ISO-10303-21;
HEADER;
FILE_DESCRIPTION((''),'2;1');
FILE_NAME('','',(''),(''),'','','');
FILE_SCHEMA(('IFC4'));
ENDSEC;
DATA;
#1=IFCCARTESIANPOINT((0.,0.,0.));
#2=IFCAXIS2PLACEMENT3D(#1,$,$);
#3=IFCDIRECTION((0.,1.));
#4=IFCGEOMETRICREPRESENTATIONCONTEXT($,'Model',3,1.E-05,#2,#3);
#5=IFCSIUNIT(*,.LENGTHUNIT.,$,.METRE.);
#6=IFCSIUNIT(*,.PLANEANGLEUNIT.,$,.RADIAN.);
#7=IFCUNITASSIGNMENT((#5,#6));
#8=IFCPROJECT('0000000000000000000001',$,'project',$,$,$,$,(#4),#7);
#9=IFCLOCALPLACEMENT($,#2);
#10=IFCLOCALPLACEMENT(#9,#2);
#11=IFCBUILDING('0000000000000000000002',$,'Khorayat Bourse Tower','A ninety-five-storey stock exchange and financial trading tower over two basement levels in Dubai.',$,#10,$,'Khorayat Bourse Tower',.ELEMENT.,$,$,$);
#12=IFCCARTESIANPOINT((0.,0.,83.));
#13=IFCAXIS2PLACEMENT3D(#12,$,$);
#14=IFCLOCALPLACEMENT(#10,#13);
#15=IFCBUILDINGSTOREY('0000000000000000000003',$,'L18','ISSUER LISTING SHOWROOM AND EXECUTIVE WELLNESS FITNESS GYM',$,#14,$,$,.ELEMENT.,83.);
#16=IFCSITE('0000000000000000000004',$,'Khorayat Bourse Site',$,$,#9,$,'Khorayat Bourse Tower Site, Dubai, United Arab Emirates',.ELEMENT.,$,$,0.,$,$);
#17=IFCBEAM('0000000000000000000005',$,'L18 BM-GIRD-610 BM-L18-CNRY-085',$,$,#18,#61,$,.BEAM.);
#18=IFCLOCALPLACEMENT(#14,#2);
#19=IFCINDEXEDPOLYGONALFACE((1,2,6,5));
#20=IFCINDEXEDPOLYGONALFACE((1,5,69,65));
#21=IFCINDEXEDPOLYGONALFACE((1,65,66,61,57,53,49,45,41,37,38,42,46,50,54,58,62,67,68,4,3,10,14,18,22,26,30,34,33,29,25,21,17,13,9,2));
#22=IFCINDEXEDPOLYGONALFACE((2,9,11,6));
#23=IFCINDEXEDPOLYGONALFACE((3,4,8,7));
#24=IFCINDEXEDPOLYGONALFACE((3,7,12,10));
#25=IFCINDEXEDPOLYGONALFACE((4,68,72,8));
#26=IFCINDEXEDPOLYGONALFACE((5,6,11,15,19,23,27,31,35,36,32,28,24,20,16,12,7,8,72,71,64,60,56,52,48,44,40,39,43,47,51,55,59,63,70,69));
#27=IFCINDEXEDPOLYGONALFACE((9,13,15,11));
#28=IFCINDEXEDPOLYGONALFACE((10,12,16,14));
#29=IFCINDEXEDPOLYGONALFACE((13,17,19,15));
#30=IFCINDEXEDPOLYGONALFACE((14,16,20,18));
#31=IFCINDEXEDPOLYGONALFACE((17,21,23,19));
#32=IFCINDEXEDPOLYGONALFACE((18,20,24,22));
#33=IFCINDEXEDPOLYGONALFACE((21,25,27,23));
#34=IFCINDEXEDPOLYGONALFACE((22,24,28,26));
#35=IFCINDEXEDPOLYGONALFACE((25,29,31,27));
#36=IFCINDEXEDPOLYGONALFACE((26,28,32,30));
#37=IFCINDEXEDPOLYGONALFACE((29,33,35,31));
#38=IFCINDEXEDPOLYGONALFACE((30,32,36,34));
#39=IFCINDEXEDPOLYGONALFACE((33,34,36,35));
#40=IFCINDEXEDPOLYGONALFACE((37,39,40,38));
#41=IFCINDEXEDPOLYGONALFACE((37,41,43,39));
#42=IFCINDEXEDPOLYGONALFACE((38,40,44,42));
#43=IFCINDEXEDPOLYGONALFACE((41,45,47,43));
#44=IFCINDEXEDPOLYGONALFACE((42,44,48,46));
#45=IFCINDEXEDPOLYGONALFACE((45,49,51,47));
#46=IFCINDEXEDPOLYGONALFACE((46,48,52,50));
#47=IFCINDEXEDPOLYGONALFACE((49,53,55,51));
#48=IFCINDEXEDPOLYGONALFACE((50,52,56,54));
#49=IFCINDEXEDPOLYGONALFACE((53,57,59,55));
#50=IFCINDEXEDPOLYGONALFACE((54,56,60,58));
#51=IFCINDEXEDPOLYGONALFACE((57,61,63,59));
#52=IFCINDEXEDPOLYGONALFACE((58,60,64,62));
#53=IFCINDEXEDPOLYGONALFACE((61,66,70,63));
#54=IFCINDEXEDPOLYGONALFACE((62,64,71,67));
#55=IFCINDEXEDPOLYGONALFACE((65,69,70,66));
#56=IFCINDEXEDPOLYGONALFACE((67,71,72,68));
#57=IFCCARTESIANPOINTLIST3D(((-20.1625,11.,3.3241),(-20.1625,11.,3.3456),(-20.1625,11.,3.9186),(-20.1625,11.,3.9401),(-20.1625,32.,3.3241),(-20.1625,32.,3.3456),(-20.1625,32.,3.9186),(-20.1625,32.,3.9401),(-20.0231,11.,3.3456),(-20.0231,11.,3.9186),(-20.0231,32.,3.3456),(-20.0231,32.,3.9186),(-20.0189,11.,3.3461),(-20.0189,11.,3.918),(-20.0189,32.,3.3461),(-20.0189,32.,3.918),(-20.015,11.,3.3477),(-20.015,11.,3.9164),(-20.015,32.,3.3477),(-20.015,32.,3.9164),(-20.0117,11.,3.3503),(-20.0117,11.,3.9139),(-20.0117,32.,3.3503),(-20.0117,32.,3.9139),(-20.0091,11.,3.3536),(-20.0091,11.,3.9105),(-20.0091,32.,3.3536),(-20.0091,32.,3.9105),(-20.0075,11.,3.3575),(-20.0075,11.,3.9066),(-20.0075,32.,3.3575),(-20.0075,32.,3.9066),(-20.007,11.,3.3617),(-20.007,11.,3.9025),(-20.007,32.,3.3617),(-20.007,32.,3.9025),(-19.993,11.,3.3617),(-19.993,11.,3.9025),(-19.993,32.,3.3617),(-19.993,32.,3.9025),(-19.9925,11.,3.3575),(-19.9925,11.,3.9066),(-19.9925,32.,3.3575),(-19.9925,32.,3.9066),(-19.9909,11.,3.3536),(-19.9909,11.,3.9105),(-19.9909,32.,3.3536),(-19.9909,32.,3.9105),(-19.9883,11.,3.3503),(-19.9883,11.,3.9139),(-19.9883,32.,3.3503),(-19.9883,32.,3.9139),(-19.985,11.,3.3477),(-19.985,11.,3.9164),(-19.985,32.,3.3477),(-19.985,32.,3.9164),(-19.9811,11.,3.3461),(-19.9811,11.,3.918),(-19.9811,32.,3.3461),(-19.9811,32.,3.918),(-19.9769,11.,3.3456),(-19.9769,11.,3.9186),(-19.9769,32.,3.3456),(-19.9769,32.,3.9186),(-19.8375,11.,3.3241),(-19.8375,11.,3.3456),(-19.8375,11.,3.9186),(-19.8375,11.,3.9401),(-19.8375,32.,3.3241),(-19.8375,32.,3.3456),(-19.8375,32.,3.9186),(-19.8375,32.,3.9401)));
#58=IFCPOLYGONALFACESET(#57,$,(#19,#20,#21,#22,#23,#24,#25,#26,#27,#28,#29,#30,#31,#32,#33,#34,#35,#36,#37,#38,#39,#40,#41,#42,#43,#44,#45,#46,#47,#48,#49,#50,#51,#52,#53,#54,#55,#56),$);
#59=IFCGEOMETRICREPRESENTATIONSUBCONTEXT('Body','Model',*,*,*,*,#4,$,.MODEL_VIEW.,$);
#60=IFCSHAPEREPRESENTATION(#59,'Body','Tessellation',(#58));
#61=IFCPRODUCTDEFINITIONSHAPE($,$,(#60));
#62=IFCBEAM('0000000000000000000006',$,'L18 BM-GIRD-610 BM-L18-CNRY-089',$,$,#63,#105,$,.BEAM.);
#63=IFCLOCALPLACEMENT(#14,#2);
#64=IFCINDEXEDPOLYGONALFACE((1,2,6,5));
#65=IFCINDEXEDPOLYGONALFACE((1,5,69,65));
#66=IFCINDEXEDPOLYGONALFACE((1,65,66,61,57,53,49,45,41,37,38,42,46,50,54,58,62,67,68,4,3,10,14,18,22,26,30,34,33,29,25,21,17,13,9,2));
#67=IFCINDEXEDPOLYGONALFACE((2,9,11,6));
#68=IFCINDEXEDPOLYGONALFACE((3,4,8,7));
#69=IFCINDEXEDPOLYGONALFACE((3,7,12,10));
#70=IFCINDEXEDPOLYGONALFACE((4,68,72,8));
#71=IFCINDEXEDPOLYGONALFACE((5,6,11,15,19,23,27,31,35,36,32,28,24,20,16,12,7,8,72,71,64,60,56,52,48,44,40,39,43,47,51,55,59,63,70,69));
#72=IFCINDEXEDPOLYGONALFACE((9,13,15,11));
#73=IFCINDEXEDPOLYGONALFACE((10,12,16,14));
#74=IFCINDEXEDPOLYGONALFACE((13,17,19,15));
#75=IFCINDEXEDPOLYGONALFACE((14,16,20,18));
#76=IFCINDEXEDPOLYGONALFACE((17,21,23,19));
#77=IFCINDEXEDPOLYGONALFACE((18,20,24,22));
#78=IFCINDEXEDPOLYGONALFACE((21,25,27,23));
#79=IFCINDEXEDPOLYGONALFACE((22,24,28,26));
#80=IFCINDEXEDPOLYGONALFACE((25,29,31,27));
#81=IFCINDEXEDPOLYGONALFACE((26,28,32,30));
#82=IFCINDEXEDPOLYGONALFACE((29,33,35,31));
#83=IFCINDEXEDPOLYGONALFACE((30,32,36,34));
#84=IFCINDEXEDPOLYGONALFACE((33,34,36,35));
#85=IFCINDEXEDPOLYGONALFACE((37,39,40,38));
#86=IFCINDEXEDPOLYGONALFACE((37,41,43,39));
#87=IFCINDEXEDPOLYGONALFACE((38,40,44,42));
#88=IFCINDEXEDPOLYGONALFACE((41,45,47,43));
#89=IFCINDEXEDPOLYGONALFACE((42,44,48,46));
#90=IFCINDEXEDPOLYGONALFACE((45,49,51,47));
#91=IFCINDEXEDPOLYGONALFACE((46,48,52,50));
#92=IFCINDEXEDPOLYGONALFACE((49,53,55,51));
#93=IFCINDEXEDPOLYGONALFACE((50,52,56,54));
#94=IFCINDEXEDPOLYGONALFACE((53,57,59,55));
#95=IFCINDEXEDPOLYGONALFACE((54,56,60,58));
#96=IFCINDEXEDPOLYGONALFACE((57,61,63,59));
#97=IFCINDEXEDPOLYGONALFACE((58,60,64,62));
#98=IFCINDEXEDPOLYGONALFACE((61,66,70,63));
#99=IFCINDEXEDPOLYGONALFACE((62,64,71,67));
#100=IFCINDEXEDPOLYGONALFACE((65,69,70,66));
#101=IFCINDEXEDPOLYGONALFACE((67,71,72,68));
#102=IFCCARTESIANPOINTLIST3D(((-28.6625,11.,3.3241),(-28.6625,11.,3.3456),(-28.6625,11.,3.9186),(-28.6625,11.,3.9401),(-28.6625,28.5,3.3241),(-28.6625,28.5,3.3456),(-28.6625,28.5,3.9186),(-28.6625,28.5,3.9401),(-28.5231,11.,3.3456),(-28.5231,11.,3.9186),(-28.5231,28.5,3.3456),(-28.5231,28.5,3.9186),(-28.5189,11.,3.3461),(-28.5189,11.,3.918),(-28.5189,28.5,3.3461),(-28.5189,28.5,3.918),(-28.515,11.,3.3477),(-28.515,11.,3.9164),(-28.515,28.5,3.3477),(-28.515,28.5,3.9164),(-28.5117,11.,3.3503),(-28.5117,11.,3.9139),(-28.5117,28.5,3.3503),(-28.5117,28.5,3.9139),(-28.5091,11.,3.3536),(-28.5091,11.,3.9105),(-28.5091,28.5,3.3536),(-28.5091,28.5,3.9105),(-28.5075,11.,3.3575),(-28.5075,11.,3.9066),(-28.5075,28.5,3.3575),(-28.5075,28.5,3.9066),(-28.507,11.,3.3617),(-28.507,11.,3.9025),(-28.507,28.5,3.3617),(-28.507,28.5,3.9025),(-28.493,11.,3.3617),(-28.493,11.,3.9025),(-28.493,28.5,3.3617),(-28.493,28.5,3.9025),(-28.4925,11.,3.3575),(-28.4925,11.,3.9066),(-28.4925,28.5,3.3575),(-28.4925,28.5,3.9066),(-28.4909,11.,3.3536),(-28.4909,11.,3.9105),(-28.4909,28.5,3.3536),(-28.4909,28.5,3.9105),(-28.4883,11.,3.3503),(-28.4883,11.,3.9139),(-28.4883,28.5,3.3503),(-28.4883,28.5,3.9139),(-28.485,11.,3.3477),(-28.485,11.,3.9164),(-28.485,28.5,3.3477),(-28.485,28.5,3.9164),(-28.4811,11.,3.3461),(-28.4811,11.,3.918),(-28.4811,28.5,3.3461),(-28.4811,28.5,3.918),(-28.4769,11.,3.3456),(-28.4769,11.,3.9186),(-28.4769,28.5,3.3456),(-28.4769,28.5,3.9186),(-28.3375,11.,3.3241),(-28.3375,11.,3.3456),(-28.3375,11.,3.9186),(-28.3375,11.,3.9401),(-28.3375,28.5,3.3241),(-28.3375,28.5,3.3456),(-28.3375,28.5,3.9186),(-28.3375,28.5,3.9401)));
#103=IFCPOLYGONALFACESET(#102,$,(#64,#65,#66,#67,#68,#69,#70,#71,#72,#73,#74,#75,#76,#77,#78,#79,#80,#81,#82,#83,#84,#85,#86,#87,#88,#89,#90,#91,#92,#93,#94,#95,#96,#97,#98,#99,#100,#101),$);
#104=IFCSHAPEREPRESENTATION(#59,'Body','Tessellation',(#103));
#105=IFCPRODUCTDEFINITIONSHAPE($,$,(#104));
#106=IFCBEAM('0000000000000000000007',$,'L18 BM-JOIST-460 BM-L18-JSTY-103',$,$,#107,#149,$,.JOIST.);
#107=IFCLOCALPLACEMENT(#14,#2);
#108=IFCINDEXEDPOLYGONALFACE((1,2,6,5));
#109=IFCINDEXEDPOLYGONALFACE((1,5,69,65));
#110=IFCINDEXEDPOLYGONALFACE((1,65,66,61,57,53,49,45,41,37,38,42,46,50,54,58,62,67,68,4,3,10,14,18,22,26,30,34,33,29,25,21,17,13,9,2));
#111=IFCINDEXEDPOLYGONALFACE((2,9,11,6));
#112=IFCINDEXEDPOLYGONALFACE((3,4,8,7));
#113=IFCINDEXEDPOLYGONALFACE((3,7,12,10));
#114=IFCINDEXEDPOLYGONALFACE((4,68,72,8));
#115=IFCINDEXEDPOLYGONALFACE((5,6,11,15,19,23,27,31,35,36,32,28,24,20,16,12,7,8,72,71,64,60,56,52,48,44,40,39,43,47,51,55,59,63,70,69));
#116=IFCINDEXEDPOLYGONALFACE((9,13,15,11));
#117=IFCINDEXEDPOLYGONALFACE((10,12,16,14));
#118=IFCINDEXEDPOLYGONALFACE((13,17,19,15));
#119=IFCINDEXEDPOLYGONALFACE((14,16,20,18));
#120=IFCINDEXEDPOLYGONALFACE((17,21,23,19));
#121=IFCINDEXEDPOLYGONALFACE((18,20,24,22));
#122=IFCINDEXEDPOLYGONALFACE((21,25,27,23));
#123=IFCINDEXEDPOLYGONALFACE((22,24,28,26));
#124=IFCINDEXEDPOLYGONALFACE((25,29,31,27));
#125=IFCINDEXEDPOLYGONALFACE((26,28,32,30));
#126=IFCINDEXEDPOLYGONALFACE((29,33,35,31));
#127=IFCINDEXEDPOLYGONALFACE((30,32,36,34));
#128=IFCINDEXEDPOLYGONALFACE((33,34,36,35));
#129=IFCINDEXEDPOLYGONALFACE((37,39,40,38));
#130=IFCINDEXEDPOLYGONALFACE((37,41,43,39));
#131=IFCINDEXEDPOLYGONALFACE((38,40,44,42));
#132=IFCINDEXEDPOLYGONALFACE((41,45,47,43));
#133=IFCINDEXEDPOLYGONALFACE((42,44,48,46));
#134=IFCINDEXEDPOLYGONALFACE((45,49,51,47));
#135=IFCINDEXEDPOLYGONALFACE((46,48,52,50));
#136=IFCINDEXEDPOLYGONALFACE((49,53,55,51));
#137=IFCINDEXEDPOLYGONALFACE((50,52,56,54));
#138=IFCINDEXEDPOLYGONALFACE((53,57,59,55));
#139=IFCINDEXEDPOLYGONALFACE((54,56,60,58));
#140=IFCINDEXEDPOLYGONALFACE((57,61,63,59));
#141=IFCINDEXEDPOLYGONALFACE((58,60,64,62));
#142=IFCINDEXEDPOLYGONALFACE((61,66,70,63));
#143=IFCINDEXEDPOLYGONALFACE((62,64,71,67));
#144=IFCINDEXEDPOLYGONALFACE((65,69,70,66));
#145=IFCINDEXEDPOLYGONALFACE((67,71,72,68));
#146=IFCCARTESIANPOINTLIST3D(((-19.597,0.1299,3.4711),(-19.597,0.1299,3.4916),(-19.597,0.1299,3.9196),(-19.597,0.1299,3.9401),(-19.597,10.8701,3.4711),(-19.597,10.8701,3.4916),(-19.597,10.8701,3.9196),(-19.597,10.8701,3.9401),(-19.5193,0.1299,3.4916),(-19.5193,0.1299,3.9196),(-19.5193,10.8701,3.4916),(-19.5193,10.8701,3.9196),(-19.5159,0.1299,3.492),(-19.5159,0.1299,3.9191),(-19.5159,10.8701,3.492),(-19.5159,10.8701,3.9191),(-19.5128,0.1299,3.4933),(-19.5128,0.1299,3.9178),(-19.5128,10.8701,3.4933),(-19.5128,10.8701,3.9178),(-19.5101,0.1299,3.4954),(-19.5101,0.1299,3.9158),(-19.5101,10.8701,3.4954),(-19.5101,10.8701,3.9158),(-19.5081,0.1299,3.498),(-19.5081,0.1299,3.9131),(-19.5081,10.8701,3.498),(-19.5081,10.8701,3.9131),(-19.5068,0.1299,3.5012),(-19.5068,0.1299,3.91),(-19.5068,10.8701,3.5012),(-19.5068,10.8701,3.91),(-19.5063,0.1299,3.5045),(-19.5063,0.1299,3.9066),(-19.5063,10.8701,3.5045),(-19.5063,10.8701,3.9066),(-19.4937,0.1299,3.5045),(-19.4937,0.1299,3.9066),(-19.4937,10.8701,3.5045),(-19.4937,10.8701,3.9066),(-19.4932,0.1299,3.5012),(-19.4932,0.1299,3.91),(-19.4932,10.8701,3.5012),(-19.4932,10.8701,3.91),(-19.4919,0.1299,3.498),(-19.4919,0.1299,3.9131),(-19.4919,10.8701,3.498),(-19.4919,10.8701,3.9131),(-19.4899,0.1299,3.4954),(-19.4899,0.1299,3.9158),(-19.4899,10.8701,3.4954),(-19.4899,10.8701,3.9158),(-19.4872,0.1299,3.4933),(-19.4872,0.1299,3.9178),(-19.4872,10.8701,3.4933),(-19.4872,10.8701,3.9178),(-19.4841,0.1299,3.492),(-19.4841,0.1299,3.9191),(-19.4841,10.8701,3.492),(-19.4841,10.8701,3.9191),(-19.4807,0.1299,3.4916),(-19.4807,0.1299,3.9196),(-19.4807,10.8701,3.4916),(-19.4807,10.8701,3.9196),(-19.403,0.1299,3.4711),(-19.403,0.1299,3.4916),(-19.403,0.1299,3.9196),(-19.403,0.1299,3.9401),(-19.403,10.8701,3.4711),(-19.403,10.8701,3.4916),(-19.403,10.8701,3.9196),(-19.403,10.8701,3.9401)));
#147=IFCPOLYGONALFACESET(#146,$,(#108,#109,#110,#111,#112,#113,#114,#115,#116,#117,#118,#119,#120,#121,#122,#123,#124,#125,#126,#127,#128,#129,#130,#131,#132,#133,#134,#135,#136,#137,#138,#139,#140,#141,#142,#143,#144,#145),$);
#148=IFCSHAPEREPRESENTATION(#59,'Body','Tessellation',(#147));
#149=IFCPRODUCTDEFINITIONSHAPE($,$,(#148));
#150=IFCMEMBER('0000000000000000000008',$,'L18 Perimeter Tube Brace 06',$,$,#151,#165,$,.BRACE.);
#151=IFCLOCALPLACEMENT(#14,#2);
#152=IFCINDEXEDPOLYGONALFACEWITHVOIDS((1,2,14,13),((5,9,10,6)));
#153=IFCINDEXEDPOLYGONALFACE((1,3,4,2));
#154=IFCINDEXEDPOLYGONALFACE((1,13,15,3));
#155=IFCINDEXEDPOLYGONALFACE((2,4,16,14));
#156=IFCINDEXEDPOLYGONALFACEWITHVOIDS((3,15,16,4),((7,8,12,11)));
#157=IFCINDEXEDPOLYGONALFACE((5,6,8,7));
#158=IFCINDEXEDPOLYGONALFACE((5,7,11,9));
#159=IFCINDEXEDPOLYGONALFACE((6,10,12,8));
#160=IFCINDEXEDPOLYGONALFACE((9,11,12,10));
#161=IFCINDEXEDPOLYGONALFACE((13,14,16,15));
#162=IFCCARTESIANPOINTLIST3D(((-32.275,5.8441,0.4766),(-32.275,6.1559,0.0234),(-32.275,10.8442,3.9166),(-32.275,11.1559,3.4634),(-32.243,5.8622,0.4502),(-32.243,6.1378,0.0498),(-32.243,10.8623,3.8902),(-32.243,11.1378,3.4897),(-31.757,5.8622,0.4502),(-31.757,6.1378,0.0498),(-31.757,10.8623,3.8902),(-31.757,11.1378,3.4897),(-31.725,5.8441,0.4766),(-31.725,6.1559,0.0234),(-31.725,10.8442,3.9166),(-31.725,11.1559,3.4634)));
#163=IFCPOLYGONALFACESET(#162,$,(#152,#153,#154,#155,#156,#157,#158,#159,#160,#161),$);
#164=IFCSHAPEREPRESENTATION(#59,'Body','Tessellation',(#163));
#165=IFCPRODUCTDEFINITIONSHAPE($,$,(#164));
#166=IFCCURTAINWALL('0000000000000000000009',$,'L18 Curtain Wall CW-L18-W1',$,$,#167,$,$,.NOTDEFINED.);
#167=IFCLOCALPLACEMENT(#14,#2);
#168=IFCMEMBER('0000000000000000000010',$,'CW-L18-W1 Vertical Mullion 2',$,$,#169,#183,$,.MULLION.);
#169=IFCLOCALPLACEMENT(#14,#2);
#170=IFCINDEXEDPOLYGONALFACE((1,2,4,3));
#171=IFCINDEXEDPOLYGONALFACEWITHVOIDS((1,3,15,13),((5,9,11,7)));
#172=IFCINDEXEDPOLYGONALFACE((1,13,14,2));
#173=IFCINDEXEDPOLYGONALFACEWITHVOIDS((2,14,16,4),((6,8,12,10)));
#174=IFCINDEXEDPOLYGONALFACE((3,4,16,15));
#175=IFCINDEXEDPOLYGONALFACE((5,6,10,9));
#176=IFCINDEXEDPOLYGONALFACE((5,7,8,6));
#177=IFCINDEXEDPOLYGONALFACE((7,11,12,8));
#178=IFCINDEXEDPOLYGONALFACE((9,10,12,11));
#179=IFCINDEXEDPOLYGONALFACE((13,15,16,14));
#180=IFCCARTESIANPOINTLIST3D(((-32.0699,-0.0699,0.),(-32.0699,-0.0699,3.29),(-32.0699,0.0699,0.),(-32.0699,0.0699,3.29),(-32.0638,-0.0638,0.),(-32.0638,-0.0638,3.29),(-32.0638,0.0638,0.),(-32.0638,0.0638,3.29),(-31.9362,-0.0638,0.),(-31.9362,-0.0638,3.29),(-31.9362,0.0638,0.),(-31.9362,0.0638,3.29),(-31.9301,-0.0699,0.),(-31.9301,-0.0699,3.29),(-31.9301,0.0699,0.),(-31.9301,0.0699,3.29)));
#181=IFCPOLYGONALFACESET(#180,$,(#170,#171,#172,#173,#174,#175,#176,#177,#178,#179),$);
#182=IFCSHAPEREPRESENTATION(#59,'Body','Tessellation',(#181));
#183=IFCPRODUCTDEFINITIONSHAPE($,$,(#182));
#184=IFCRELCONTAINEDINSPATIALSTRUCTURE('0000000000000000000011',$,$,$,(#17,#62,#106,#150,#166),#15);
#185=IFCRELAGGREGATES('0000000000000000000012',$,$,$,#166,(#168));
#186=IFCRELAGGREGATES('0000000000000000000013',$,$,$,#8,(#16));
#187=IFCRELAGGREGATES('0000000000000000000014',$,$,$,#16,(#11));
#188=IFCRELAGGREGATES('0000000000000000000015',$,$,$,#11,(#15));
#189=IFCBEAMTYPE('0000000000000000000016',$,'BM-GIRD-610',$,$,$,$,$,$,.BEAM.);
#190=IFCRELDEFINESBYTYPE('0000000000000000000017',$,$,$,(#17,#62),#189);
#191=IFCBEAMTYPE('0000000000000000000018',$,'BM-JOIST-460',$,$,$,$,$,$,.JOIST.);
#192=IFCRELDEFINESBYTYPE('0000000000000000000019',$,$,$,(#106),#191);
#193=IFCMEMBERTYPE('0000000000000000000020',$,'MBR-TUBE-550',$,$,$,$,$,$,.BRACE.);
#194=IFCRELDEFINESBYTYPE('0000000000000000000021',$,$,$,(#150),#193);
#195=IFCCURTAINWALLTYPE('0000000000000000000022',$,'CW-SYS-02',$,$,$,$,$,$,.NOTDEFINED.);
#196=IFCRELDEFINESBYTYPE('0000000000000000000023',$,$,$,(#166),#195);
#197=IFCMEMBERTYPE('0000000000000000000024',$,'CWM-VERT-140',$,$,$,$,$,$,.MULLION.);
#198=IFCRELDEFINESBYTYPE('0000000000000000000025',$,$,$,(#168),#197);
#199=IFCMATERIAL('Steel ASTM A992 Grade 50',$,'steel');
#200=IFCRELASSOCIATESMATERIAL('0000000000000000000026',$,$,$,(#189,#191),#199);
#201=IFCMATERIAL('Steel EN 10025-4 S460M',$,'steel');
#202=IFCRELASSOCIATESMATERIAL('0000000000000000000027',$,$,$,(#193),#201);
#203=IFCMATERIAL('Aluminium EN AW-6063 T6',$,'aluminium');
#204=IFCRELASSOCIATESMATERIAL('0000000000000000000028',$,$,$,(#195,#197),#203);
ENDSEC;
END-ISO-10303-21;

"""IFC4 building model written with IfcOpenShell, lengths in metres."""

from ifc_helpers import new_model, si_unit, direction, frame, origin, origin_2d, place, context, subcontext, project, spatial, hollow_rectangle, i_section, extrude, source, transform, mapped, material, material_profile, profile_set, type_object, element, aggregate, save


model = new_model("IFC4")

# Units and contexts
model_context = context("Model", 3, precision=1e-05, world=origin(), true_north=direction((0.0, 1.0)))
body_context = subcontext(model_context, "Body", "Model", "MODEL_VIEW")
ifc_project = project(units=[si_unit("LENGTHUNIT", "METRE"), si_unit("PLANEANGLEUNIT", "RADIAN")], contexts=[model_context])

# Site, building, storey
site_placement = place(None, origin())
site = spatial("IfcSite", under=ifc_project, at=site_placement, Name="Khorayat Bourse Site", LongName="Khorayat Bourse Tower Site, Dubai, United Arab Emirates", CompositionType="ELEMENT", RefElevation=0.0)
building_placement = place(site_placement, origin())
building = spatial("IfcBuilding", under=site, at=building_placement, Name="Khorayat Bourse Tower", Description="A ninety-five-storey stock exchange and financial trading tower over two basement levels in Dubai.", LongName="Khorayat Bourse Tower", CompositionType="ELEMENT")
storey_placement = place(building_placement, frame((0.0, 0.0, 83.0)))
storey = spatial("IfcBuildingStorey", under=building, at=storey_placement, Name="L18", Description="ISSUER LISTING SHOWROOM AND EXECUTIVE WELLNESS FITNESS GYM", CompositionType="ELEMENT", Elevation=83.0)

# Shared definitions
ifc_material_1 = material(Name="Steel EN 10025-4 S460M", Category="steel")

# Beams
ifc_material_2 = material(Name="Steel ASTM A992 Grade 50", Category="steel")
ifc_material_profile_1 = material_profile(ifc_material_2, i_section(OverallWidth=0.325, OverallDepth=0.616, WebThickness=0.0139, FlangeThickness=0.0215, FilletRadius=0.0161, at=origin_2d()), Name="W610X174")
ifc_profile_set_1 = profile_set([ifc_material_profile_1], Name="Steel ASTM A992 Grade 50")
beam_type_1 = type_object("IfcBeamType", Name="BM-GIRD-610", PredefinedType="BEAM", material=ifc_profile_set_1)
shared_shape_1 = source(origin(), body_context, "Body", "SweptSolid", [
    extrude(i_section(OverallWidth=0.325, OverallDepth=0.616, WebThickness=0.0139, FlangeThickness=0.0215, FilletRadius=0.0161, at=origin_2d()), origin(), (0.0, 0.0, 1.0), 21.0),
])
beam_1_placement = place(storey_placement, frame((-20.0, 11.0, 3.6321), z_axis=(0.0, 1.0, 0.0), x_axis=(-1.0, 0.0, 0.0)))
element("IfcBeam", 1, at=beam_1_placement, inside=storey, type_object=beam_type_1, Name="L18 BM-GIRD-610 BM-L18-CNRY-085", PredefinedType="BEAM", context=body_context, shape_type="MappedRepresentation", body=[
    mapped(shared_shape_1, transform((0.0, 0.0, 0.0), scale=1.0)),
])
shared_shape_2 = source(origin(), body_context, "Body", "SweptSolid", [
    extrude(i_section(OverallWidth=0.325, OverallDepth=0.616, WebThickness=0.0139, FlangeThickness=0.0215, FilletRadius=0.0161, at=origin_2d()), origin(), (0.0, 0.0, 1.0), 17.5),
])
beam_2_placement = place(storey_placement, frame((-28.5, 11.0, 3.6321), z_axis=(0.0, 1.0, 0.0), x_axis=(-1.0, 0.0, 0.0)))
element("IfcBeam", 2, at=beam_2_placement, inside=storey, type_object=beam_type_1, Name="L18 BM-GIRD-610 BM-L18-CNRY-089", PredefinedType="BEAM", context=body_context, shape_type="MappedRepresentation", body=[
    mapped(shared_shape_2, transform((0.0, 0.0, 0.0), scale=1.0)),
])
ifc_material_profile_2 = material_profile(ifc_material_2, i_section(OverallWidth=0.1941, OverallDepth=0.469, WebThickness=0.0127, FlangeThickness=0.0205, FilletRadius=0.0129, at=origin_2d()), Name="W460X106")
ifc_profile_set_2 = profile_set([ifc_material_profile_2], Name="Steel ASTM A992 Grade 50")
beam_type_2 = type_object("IfcBeamType", Name="BM-JOIST-460", PredefinedType="JOIST", material=ifc_profile_set_2)
shared_shape_3 = source(origin(), body_context, "Body", "SweptSolid", [
    extrude(i_section(OverallWidth=0.1941, OverallDepth=0.469, WebThickness=0.0127, FlangeThickness=0.0205, FilletRadius=0.0129, at=origin_2d()), origin(), (0.0, 0.0, 1.0), 10.7402),
])
beam_3_placement = place(storey_placement, frame((-19.5, 0.1299, 3.7056), z_axis=(0.0, 1.0, 0.0), x_axis=(-1.0, 0.0, 0.0)))
element("IfcBeam", 3, at=beam_3_placement, inside=storey, type_object=beam_type_2, Name="L18 BM-JOIST-460 BM-L18-JSTY-103", PredefinedType="JOIST", context=body_context, shape_type="MappedRepresentation", body=[
    mapped(shared_shape_3, transform((0.0, 0.0, 0.0), scale=1.0)),
])

# Member
ifc_material_profile_3 = material_profile(ifc_material_1, hollow_rectangle(XDim=0.55, YDim=0.55, WallThickness=0.032, at=origin_2d()), Name="HSS 550x550x32")
ifc_profile_set_3 = profile_set([ifc_material_profile_3], Name="Steel EN 10025-4 S460M")
member_type_1 = type_object("IfcMemberType", Name="MBR-TUBE-550", PredefinedType="BRACE", material=ifc_profile_set_3)
shared_shape_4 = source(origin(), body_context, "Body", "SweptSolid", [
    extrude(hollow_rectangle(XDim=0.55, YDim=0.55, WallThickness=0.032, at=origin_2d()), origin(), (0.0, 0.0, 1.0), 6.0691),
])
member_1_placement = place(storey_placement, frame((-32.0, 6.0, 0.25), z_axis=(0.0, 0.823854, 0.566802), x_axis=(-1.0, 0.0, 0.0)))
element("IfcMember", 4, at=member_1_placement, inside=storey, type_object=member_type_1, Name="L18 Perimeter Tube Brace 06", PredefinedType="BRACE", context=body_context, shape_type="MappedRepresentation", body=[
    mapped(shared_shape_4, transform((0.0, 0.0, 0.0), scale=1.0)),
])

# Curtain wall, member
ifc_material_3 = material(Name="Aluminium EN AW-6063 T6", Category="aluminium")
curtain_wall_type = type_object("IfcCurtainWallType", Name="CW-SYS-02", PredefinedType="NOTDEFINED", material=ifc_material_3)
curtain_wall_placement = place(storey_placement, origin())
curtain_wall = element("IfcCurtainWall", 5, at=curtain_wall_placement, inside=storey, type_object=curtain_wall_type, Name="L18 Curtain Wall CW-L18-W1", PredefinedType="NOTDEFINED")
ifc_material_profile_4 = material_profile(ifc_material_3, hollow_rectangle(XDim=0.1399, YDim=0.1399, WallThickness=0.0061, at=origin_2d()), Name="ALU 140x140x6")
ifc_profile_set_4 = profile_set([ifc_material_profile_4], Name="Aluminium EN AW-6063 T6")
member_type_2 = type_object("IfcMemberType", Name="CWM-VERT-140", PredefinedType="MULLION", material=ifc_profile_set_4)
shared_shape_5 = source(origin(), body_context, "Body", "SweptSolid", [
    extrude(hollow_rectangle(XDim=0.1399, YDim=0.1399, WallThickness=0.0061, at=origin_2d()), origin(), (0.0, 0.0, 1.0), 3.29),
])
member_2_placement = place(storey_placement, frame((-32.0, 0.0, 0.0), z_axis=(0.0, 0.0, 1.0), x_axis=(-1.0, 0.0, 0.0)))
member_2 = element("IfcMember", 6, at=member_2_placement, type_object=member_type_2, Name="CW-L18-W1 Vertical Mullion 2", PredefinedType="MULLION", context=body_context, shape_type="MappedRepresentation", body=[
    mapped(shared_shape_5, transform((0.0, 0.0, 0.0), scale=1.0)),
])
aggregate(curtain_wall, [member_2])

save(model, "model.ifc")
